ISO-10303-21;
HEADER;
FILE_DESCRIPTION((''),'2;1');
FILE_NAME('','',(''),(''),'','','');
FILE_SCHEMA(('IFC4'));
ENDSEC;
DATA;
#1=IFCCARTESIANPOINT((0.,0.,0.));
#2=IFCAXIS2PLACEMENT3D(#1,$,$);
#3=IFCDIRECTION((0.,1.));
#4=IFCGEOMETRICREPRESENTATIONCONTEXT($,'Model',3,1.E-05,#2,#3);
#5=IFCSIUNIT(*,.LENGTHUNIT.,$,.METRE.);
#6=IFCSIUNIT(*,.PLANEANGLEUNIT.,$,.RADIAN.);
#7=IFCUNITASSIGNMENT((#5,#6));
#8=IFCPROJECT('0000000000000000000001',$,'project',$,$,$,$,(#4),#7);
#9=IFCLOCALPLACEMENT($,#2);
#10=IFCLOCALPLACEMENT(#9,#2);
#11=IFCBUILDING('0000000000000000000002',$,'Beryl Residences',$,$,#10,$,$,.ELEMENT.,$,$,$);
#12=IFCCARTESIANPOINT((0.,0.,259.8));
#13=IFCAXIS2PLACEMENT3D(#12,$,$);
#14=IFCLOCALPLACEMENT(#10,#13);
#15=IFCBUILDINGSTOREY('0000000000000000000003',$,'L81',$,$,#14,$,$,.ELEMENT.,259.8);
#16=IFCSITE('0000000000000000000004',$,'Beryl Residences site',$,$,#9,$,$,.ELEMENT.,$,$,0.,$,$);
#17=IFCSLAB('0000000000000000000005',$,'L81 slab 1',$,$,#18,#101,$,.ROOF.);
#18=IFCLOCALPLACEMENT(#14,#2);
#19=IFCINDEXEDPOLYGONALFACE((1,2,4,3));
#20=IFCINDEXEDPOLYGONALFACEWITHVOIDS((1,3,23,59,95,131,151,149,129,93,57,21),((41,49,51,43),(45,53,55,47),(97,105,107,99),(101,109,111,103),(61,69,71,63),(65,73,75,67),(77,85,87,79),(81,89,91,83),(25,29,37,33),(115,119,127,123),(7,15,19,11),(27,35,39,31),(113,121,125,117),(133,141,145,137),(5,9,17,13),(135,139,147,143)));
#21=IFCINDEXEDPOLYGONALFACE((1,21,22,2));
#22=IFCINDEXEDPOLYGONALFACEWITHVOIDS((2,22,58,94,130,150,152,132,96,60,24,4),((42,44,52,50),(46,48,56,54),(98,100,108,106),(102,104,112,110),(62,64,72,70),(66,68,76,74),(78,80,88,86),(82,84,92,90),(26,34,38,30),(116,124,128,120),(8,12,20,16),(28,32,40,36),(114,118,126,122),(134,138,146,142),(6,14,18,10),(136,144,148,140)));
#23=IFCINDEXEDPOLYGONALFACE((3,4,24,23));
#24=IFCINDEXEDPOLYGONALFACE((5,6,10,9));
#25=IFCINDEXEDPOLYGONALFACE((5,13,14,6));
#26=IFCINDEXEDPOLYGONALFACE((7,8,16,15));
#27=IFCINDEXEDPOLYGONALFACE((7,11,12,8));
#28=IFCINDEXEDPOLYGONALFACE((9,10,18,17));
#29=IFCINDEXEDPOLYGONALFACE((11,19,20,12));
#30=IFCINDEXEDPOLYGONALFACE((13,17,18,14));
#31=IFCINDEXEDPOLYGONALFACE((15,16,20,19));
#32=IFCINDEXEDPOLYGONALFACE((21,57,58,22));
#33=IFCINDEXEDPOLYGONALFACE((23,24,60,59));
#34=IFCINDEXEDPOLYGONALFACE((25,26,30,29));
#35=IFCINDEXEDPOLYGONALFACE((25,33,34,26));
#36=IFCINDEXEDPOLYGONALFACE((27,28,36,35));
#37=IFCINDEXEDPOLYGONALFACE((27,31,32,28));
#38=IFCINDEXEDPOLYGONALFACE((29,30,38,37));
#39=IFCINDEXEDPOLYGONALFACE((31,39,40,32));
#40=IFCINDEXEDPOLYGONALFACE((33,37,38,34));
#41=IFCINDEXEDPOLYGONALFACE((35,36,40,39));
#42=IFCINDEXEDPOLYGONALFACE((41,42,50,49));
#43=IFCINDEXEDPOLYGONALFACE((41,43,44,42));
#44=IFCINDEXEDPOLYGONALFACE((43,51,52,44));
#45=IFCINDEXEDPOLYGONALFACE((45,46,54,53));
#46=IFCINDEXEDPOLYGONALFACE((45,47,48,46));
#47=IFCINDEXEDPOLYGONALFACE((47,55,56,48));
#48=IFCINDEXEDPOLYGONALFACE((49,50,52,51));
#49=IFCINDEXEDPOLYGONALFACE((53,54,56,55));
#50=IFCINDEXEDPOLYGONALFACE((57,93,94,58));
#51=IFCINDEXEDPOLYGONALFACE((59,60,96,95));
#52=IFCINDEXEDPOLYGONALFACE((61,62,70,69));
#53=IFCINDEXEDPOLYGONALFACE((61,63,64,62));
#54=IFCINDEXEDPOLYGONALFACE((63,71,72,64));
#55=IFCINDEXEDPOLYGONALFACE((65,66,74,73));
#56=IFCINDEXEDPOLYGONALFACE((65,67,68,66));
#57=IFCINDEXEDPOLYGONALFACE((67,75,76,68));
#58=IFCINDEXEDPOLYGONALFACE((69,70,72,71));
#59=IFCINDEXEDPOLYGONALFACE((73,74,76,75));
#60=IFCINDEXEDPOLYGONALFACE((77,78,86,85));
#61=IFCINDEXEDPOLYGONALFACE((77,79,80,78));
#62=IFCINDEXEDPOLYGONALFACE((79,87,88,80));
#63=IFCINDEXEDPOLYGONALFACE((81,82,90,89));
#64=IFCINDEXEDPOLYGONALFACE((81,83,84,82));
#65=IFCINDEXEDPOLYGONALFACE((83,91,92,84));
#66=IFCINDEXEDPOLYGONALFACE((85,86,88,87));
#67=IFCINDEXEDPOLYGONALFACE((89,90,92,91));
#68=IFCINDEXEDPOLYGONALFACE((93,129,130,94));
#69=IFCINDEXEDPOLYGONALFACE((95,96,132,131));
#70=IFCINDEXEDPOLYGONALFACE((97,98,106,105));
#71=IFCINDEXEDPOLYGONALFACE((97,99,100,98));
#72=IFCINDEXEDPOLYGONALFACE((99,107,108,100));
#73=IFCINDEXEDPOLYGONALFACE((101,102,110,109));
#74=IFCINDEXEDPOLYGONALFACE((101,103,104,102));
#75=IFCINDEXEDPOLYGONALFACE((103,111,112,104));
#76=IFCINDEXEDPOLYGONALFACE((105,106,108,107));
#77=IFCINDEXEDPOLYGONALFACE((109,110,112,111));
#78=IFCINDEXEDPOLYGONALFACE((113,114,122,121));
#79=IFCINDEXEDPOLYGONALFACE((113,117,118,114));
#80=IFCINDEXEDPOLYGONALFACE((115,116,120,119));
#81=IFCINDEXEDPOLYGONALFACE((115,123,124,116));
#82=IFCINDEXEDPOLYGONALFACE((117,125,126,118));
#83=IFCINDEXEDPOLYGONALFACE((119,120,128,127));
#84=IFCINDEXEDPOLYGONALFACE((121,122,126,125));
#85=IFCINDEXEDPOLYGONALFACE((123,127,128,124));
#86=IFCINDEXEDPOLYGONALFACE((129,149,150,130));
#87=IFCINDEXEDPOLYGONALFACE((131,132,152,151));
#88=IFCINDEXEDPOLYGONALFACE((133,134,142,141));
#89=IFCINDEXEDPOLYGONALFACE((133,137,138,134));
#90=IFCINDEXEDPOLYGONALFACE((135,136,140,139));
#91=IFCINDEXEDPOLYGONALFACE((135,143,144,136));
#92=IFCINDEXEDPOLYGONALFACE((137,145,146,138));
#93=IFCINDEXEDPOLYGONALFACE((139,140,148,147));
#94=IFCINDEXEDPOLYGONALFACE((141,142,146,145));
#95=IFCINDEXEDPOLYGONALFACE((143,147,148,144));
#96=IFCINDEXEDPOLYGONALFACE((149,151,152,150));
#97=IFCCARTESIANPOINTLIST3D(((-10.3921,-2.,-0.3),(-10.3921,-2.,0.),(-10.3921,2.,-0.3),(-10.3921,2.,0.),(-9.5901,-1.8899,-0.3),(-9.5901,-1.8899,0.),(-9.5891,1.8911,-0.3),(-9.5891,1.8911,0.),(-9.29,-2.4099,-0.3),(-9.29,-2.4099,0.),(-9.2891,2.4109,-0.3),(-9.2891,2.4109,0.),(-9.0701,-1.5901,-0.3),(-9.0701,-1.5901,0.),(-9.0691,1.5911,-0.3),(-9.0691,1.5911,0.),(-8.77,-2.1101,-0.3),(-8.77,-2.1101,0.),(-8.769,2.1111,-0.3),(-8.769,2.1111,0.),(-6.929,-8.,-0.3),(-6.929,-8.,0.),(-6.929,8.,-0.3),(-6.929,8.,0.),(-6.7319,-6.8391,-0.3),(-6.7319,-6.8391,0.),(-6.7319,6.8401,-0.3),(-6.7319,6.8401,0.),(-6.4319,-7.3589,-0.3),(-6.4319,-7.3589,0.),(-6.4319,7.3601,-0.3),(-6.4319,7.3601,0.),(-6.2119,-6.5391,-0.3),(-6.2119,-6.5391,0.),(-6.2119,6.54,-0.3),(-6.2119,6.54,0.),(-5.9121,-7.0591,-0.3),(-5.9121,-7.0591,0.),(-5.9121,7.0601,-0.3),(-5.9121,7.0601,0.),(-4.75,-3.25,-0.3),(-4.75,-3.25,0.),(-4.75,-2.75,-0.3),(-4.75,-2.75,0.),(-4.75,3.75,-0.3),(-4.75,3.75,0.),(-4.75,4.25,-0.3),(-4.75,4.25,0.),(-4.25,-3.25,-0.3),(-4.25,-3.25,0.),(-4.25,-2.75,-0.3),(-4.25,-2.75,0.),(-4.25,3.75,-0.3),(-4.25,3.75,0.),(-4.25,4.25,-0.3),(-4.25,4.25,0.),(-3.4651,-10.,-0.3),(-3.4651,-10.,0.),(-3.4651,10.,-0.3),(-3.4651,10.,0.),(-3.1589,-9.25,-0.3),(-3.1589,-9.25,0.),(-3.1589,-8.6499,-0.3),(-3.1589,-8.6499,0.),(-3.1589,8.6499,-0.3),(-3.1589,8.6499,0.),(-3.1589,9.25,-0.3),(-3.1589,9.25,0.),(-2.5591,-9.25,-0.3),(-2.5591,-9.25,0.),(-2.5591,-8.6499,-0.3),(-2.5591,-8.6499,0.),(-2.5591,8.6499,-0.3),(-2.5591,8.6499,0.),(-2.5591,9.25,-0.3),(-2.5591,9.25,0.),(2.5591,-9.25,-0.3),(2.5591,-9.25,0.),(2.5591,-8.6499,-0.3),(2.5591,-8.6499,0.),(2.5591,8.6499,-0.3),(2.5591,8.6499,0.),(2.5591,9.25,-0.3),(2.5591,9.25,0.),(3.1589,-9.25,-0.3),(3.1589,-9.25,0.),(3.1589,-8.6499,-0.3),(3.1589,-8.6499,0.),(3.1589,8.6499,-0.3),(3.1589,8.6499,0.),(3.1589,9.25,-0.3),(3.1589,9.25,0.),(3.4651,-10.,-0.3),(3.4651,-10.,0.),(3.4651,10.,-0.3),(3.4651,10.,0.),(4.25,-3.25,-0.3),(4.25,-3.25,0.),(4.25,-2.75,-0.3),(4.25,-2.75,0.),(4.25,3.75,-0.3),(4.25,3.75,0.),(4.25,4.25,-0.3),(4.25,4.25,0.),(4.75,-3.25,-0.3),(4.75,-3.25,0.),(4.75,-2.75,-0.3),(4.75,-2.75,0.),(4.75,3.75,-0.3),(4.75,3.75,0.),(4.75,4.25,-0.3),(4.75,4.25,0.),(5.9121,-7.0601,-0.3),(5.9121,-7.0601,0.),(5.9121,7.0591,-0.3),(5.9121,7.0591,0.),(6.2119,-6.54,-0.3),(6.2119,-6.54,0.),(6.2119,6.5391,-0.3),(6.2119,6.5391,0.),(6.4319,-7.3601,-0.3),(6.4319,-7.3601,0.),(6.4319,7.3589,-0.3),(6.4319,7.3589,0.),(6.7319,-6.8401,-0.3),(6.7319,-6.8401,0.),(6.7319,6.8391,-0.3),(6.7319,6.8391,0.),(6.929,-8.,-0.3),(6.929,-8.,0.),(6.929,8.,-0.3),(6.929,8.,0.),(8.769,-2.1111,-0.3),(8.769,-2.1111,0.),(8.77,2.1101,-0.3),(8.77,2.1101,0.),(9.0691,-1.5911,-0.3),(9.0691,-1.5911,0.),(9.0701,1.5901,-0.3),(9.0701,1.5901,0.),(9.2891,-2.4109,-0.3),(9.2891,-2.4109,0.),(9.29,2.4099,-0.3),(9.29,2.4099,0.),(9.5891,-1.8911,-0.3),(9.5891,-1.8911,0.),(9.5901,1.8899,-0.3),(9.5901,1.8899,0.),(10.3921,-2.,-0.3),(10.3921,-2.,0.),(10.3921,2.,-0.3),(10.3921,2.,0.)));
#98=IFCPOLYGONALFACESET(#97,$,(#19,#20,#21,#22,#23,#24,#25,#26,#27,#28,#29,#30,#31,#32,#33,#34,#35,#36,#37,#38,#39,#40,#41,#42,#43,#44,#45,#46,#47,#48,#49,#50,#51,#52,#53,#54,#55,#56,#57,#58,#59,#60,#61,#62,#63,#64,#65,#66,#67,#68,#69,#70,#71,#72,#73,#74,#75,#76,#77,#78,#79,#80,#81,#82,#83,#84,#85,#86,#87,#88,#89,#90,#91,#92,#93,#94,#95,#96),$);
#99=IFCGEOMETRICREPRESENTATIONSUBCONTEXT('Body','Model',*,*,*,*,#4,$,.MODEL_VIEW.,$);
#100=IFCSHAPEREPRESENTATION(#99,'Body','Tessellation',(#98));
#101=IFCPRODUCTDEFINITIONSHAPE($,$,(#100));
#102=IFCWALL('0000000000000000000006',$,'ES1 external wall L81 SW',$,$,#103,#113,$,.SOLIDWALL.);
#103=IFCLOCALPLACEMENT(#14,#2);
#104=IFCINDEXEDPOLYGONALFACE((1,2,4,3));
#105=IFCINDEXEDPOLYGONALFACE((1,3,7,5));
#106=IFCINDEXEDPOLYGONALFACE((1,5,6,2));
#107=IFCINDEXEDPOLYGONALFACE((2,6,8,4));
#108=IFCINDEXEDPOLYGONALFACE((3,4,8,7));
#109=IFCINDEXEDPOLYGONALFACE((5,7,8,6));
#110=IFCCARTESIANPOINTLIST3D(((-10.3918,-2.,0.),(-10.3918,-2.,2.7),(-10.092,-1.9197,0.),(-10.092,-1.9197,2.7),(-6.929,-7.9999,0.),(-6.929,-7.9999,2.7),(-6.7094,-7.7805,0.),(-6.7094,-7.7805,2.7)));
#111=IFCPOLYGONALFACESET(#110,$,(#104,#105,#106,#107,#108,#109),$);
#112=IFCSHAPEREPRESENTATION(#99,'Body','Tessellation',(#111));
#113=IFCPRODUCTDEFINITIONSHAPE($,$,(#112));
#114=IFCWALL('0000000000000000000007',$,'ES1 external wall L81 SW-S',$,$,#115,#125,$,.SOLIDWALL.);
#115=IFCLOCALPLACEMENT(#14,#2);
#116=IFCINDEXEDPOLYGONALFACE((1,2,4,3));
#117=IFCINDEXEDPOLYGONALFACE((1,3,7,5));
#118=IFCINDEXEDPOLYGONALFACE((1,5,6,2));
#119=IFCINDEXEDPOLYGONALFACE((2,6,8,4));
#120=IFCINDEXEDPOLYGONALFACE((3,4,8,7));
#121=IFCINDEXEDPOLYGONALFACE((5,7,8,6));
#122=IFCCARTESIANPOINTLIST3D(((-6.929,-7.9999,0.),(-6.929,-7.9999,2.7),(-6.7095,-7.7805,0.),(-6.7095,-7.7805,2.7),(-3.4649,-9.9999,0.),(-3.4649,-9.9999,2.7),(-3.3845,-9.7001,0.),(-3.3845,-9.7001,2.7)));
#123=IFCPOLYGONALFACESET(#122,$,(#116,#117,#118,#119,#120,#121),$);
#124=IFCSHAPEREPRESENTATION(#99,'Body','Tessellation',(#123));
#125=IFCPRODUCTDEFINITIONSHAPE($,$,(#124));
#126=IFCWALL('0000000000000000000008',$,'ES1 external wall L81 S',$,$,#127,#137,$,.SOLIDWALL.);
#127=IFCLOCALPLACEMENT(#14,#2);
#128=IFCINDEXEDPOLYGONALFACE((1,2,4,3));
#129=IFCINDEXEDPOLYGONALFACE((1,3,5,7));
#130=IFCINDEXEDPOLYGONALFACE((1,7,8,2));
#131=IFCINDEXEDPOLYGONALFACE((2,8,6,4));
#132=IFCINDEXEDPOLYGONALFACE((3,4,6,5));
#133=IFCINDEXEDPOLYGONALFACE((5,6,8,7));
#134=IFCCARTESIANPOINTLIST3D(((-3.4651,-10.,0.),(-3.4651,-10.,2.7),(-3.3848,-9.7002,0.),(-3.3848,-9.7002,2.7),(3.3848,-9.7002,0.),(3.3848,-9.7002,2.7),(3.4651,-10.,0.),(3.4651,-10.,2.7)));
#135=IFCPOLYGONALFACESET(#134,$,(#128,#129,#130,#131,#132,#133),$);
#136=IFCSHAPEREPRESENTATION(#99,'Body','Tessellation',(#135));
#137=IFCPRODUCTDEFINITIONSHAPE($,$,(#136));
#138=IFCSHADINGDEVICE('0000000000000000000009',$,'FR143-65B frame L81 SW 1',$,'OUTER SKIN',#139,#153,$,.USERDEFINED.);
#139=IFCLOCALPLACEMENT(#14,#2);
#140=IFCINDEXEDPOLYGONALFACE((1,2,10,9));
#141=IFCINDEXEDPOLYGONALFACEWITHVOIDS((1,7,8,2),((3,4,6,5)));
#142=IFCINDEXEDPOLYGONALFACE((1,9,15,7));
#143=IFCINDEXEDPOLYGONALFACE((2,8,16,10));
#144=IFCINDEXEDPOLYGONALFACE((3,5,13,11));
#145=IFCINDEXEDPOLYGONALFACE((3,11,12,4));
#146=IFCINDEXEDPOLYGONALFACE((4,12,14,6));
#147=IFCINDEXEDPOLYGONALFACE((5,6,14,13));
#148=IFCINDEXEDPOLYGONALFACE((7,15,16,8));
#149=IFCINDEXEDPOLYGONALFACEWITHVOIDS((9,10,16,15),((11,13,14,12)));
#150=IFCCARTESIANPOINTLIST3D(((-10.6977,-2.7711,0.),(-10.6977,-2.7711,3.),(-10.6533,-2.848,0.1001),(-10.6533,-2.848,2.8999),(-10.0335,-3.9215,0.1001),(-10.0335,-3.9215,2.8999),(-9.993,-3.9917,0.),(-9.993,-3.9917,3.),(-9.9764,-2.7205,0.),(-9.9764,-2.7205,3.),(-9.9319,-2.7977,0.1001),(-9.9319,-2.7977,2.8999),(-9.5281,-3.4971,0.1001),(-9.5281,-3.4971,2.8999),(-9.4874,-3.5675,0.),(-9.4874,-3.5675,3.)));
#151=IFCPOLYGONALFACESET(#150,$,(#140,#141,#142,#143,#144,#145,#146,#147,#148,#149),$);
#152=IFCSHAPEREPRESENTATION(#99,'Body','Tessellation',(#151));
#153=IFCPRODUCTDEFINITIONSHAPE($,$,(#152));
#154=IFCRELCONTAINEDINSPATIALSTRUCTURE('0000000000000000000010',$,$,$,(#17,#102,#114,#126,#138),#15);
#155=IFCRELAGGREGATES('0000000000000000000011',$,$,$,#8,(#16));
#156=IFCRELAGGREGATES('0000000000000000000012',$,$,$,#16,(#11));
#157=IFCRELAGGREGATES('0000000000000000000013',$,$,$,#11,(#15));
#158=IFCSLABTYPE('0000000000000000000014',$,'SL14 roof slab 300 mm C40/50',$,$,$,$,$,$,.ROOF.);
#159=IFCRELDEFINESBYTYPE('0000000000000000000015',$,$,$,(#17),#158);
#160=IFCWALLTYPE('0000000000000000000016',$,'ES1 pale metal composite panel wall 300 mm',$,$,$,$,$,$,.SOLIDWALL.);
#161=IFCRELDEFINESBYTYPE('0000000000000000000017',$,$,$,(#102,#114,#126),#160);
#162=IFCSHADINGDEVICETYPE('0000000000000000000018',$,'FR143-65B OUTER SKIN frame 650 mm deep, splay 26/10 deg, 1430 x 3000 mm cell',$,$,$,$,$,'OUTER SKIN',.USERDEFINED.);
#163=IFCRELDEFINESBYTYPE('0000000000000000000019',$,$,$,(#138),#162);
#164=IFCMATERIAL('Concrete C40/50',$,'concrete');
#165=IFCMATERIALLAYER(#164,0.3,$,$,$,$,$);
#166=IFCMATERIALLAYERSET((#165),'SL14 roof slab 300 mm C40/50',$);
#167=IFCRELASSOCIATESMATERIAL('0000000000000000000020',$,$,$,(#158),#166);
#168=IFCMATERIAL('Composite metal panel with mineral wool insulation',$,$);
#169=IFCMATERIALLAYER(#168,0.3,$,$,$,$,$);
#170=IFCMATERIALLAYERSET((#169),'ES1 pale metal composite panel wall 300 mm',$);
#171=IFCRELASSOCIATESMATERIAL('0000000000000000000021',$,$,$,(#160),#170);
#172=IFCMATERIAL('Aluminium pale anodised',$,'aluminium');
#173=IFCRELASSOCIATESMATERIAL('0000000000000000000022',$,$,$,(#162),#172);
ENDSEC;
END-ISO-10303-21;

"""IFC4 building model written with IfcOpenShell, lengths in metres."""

from ifc_helpers import new_model, entity, si_unit, direction, frame, origin, place, context, subcontext, project, spatial, polyline, outline, extrude, source, transform, mapped, material, layer, layer_set, type_object, type_shapes, element, save


model = new_model("IFC4")

# Units and contexts
model_context = context("Model", 3, precision=1e-05, world=origin(), true_north=direction((0.0, 1.0)))
body_context = subcontext(model_context, "Body", "Model", "MODEL_VIEW")
ifc_project = project(units=[si_unit("LENGTHUNIT", "METRE"), si_unit("PLANEANGLEUNIT", "RADIAN")], contexts=[model_context])

# Site, building, storey
site_placement = place(None, origin())
site = spatial("IfcSite", under=ifc_project, at=site_placement, Name="Beryl Residences site", CompositionType="ELEMENT", RefElevation=0.0)
building_placement = place(site_placement, origin())
building = spatial("IfcBuilding", under=site, at=building_placement, Name="Beryl Residences", CompositionType="ELEMENT")
storey_placement = place(building_placement, frame((0.0, 0.0, 259.8)))
storey = spatial("IfcBuildingStorey", under=building, at=storey_placement, Name="L81", CompositionType="ELEMENT", Elevation=259.8)

# Slab
ifc_material_1 = material(Name="Concrete C40/50", Category="concrete")
ifc_layer_1 = layer(ifc_material_1, 0.3)
ifc_layer_set_1 = layer_set([ifc_layer_1], Name="SL14 roof slab 300 mm C40/50")
slab_type = type_object("IfcSlabType", Name="SL14 roof slab 300 mm C40/50", PredefinedType="ROOF", material=ifc_layer_set_1)
slab_placement = place(storey_placement, frame((0.0, 0.0, -0.3)))
element("IfcSlab", 1, at=slab_placement, inside=storey, type_object=slab_type, Name="L81 slab 1", PredefinedType="ROOF", context=body_context, shape_type="SweptSolid", body=[
    extrude(outline(polyline([(10.3921, 2.0), (10.3921, -2.0), (6.929, -8.0), (3.4651, -10.0), (-3.4651, -10.0), (-6.929, -8.0), (-10.3921, -2.0), (-10.3921, 2.0), (-6.929, 8.0), (-3.4651, 10.0), (3.4651, 10.0), (6.929, 8.0), (10.3921, 2.0)]), holes=[polyline([(9.5901, 1.8899), (9.29, 2.4099), (8.77, 2.1101), (9.0701, 1.5901), (9.5901, 1.8899)]), polyline([(9.2891, -2.4109), (9.5891, -1.8911), (9.0691, -1.5911), (8.769, -2.1111), (9.2891, -2.4109)]), polyline([(6.7319, 6.8391), (6.4319, 7.3589), (5.9121, 7.0591), (6.2119, 6.5391), (6.7319, 6.8391)]), polyline([(6.4319, -7.3601), (6.7319, -6.8401), (6.2119, -6.54), (5.9121, -7.0601), (6.4319, -7.3601)]), polyline([(4.25, 3.75), (4.75, 3.75), (4.75, 4.25), (4.25, 4.25), (4.25, 3.75)]), polyline([(4.25, -3.25), (4.75, -3.25), (4.75, -2.75), (4.25, -2.75), (4.25, -3.25)]), polyline([(2.5591, -9.25), (3.1589, -9.25), (3.1589, -8.6499), (2.5591, -8.6499), (2.5591, -9.25)]), polyline([(3.1589, 9.25), (2.5591, 9.25), (2.5591, 8.6499), (3.1589, 8.6499), (3.1589, 9.25)]), polyline([(-2.5591, 9.25), (-3.1589, 9.25), (-3.1589, 8.6499), (-2.5591, 8.6499), (-2.5591, 9.25)]), polyline([(-3.1589, -9.25), (-2.5591, -9.25), (-2.5591, -8.6499), (-3.1589, -8.6499), (-3.1589, -9.25)]), polyline([(-4.75, 3.75), (-4.25, 3.75), (-4.25, 4.25), (-4.75, 4.25), (-4.75, 3.75)]), polyline([(-4.75, -3.25), (-4.25, -3.25), (-4.25, -2.75), (-4.75, -2.75), (-4.75, -3.25)]), polyline([(-6.4319, 7.3601), (-6.7319, 6.8401), (-6.2119, 6.54), (-5.9121, 7.0601), (-6.4319, 7.3601)]), polyline([(-6.7319, -6.8391), (-6.4319, -7.3589), (-5.9121, -7.0591), (-6.2119, -6.5391), (-6.7319, -6.8391)]), polyline([(-9.2891, 2.4109), (-9.5891, 1.8911), (-9.0691, 1.5911), (-8.769, 2.1111), (-9.2891, 2.4109)]), polyline([(-9.5901, -1.8899), (-9.29, -2.4099), (-8.77, -2.1101), (-9.0701, -1.5901), (-9.5901, -1.8899)])]), origin(), (0.0, 0.0, 1.0), 0.3),
])

# Walls
ifc_material_2 = material(Name="Composite metal panel with mineral wool insulation")
ifc_layer_2 = layer(ifc_material_2, 0.3)
ifc_layer_set_2 = layer_set([ifc_layer_2], Name="ES1 pale metal composite panel wall 300 mm")
wall_type = type_object("IfcWallType", Name="ES1 pale metal composite panel wall 300 mm", PredefinedType="SOLIDWALL", material=ifc_layer_set_2)
wall_1_placement = place(storey_placement, frame((-10.262, -1.925, 0.0), z_axis=(0.0, 0.0, 1.0), x_axis=(0.499869, -0.866101, 0.0)))
element("IfcWall", 2, at=wall_1_placement, inside=storey, type_object=wall_type, Name="ES1 external wall L81 SW", PredefinedType="SOLIDWALL", context=body_context, shape_type="SweptSolid", body=[
    extrude(outline(polyline([(0.0, -0.1499), (6.9275, -0.1499), (6.8472, 0.1499), (0.0803, 0.1499), (0.0, -0.1499)])), origin(), (0.0, 0.0, 1.0), 2.7),
])
wall_2_placement = place(storey_placement, frame((-6.854, -7.8701, 0.0), z_axis=(0.0, 0.0, 1.0), x_axis=(0.866026, -0.499999, 0.0)))
element("IfcWall", 3, at=wall_2_placement, inside=storey, type_object=wall_type, Name="ES1 external wall L81 SW-S", PredefinedType="SOLIDWALL", context=body_context, shape_type="SweptSolid", body=[
    extrude(outline(polyline([(0.0, -0.1499), (4.0, -0.1499), (3.9197, 0.1499), (0.0803, 0.1499), (0.0, -0.1499)])), origin(), (0.0, 0.0, 1.0), 2.7),
])
wall_3_placement = place(storey_placement, frame((-3.4651, -9.8501, 0.0), z_axis=(0.0, 0.0, 1.0), x_axis=(1.0, 0.0, 0.0)))
element("IfcWall", 4, at=wall_3_placement, inside=storey, type_object=wall_type, Name="ES1 external wall L81 S", PredefinedType="SOLIDWALL", context=body_context, shape_type="SweptSolid", body=[
    extrude(outline(polyline([(0.0, -0.1499), (6.9302, -0.1499), (6.8499, 0.1499), (0.0803, 0.1499), (0.0, -0.1499)])), origin(), (0.0, 0.0, 1.0), 2.7),
])

# Shading device
ifc_material_3 = material(Name="Aluminium pale anodised", Category="aluminium")
shading_device_type_1 = type_object("IfcShadingDeviceType", Name="FR143-65B OUTER SKIN frame 650 mm deep, splay 26/10 deg, 1430 x 3000 mm cell", ElementType="OUTER SKIN", PredefinedType="USERDEFINED", material=ifc_material_3)
cartesian_point_1 = entity("IfcCartesianPoint", [-0.489, 0.0])
cartesian_point_2 = entity("IfcCartesianPoint", [-0.3999, 0.1001])
cartesian_point_3 = entity("IfcCartesianPoint", [-0.8059, 0.0])
cartesian_point_4 = entity("IfcCartesianPoint", [-0.717, 0.1001])
shared_shape_1 = source(origin(), body_context, "Body", "SweptSolid", [
    entity("IfcExtrudedAreaSolidTapered", entity("IfcArbitraryProfileDefWithVoids", "AREA", None, entity("IfcPolyline", [cartesian_point_1, entity("IfcCartesianPoint", [0.489, 0.0]), entity("IfcCartesianPoint", [0.489, 3.0]), entity("IfcCartesianPoint", [-0.489, 3.0]), cartesian_point_1]), [entity("IfcPolyline", [cartesian_point_2, entity("IfcCartesianPoint", [0.4077, 0.1001]), entity("IfcCartesianPoint", [0.4077, 2.8999]), entity("IfcCartesianPoint", [-0.3999, 2.8999]), cartesian_point_2])]), entity("IfcAxis2Placement3D", entity("IfcCartesianPoint", [0.0, 0.0, 0.0]), entity("IfcDirection", [0.0, 1.0, 0.0]), entity("IfcDirection", [-1.0, 0.0, 0.0])), entity("IfcDirection", [0.0, 0.0, 1.0]), 0.6499, entity("IfcArbitraryProfileDefWithVoids", "AREA", None, entity("IfcPolyline", [cartesian_point_3, entity("IfcCartesianPoint", [0.6035, 0.0]), entity("IfcCartesianPoint", [0.6035, 3.0]), entity("IfcCartesianPoint", [-0.8059, 3.0]), cartesian_point_3]), [entity("IfcPolyline", [cartesian_point_4, entity("IfcCartesianPoint", [0.5225, 0.1001]), entity("IfcCartesianPoint", [0.5225, 2.8999]), entity("IfcCartesianPoint", [-0.717, 2.8999]), cartesian_point_4])])),
])
type_shapes(shading_device_type_1, [shared_shape_1])
for number, where, z_axis, x_axis, name in (
    (5, (-9.7319, -3.144, 0.0), (0.0, 0.0, 1.0), (-0.5, 0.866025, 0.0), "FR143-65B frame L81 SW 1"),
):
    element("IfcShadingDevice", number, at=place(storey_placement, frame(where, z_axis=z_axis, x_axis=x_axis)), inside=storey, type_object=shading_device_type_1, Name=name, ObjectType="OUTER SKIN", PredefinedType="USERDEFINED", context=body_context, shape_type="MappedRepresentation", body=[
        mapped(shared_shape_1, transform((0.0, 0.0, 0.0))),
    ])

save(model, "model.ifc")
